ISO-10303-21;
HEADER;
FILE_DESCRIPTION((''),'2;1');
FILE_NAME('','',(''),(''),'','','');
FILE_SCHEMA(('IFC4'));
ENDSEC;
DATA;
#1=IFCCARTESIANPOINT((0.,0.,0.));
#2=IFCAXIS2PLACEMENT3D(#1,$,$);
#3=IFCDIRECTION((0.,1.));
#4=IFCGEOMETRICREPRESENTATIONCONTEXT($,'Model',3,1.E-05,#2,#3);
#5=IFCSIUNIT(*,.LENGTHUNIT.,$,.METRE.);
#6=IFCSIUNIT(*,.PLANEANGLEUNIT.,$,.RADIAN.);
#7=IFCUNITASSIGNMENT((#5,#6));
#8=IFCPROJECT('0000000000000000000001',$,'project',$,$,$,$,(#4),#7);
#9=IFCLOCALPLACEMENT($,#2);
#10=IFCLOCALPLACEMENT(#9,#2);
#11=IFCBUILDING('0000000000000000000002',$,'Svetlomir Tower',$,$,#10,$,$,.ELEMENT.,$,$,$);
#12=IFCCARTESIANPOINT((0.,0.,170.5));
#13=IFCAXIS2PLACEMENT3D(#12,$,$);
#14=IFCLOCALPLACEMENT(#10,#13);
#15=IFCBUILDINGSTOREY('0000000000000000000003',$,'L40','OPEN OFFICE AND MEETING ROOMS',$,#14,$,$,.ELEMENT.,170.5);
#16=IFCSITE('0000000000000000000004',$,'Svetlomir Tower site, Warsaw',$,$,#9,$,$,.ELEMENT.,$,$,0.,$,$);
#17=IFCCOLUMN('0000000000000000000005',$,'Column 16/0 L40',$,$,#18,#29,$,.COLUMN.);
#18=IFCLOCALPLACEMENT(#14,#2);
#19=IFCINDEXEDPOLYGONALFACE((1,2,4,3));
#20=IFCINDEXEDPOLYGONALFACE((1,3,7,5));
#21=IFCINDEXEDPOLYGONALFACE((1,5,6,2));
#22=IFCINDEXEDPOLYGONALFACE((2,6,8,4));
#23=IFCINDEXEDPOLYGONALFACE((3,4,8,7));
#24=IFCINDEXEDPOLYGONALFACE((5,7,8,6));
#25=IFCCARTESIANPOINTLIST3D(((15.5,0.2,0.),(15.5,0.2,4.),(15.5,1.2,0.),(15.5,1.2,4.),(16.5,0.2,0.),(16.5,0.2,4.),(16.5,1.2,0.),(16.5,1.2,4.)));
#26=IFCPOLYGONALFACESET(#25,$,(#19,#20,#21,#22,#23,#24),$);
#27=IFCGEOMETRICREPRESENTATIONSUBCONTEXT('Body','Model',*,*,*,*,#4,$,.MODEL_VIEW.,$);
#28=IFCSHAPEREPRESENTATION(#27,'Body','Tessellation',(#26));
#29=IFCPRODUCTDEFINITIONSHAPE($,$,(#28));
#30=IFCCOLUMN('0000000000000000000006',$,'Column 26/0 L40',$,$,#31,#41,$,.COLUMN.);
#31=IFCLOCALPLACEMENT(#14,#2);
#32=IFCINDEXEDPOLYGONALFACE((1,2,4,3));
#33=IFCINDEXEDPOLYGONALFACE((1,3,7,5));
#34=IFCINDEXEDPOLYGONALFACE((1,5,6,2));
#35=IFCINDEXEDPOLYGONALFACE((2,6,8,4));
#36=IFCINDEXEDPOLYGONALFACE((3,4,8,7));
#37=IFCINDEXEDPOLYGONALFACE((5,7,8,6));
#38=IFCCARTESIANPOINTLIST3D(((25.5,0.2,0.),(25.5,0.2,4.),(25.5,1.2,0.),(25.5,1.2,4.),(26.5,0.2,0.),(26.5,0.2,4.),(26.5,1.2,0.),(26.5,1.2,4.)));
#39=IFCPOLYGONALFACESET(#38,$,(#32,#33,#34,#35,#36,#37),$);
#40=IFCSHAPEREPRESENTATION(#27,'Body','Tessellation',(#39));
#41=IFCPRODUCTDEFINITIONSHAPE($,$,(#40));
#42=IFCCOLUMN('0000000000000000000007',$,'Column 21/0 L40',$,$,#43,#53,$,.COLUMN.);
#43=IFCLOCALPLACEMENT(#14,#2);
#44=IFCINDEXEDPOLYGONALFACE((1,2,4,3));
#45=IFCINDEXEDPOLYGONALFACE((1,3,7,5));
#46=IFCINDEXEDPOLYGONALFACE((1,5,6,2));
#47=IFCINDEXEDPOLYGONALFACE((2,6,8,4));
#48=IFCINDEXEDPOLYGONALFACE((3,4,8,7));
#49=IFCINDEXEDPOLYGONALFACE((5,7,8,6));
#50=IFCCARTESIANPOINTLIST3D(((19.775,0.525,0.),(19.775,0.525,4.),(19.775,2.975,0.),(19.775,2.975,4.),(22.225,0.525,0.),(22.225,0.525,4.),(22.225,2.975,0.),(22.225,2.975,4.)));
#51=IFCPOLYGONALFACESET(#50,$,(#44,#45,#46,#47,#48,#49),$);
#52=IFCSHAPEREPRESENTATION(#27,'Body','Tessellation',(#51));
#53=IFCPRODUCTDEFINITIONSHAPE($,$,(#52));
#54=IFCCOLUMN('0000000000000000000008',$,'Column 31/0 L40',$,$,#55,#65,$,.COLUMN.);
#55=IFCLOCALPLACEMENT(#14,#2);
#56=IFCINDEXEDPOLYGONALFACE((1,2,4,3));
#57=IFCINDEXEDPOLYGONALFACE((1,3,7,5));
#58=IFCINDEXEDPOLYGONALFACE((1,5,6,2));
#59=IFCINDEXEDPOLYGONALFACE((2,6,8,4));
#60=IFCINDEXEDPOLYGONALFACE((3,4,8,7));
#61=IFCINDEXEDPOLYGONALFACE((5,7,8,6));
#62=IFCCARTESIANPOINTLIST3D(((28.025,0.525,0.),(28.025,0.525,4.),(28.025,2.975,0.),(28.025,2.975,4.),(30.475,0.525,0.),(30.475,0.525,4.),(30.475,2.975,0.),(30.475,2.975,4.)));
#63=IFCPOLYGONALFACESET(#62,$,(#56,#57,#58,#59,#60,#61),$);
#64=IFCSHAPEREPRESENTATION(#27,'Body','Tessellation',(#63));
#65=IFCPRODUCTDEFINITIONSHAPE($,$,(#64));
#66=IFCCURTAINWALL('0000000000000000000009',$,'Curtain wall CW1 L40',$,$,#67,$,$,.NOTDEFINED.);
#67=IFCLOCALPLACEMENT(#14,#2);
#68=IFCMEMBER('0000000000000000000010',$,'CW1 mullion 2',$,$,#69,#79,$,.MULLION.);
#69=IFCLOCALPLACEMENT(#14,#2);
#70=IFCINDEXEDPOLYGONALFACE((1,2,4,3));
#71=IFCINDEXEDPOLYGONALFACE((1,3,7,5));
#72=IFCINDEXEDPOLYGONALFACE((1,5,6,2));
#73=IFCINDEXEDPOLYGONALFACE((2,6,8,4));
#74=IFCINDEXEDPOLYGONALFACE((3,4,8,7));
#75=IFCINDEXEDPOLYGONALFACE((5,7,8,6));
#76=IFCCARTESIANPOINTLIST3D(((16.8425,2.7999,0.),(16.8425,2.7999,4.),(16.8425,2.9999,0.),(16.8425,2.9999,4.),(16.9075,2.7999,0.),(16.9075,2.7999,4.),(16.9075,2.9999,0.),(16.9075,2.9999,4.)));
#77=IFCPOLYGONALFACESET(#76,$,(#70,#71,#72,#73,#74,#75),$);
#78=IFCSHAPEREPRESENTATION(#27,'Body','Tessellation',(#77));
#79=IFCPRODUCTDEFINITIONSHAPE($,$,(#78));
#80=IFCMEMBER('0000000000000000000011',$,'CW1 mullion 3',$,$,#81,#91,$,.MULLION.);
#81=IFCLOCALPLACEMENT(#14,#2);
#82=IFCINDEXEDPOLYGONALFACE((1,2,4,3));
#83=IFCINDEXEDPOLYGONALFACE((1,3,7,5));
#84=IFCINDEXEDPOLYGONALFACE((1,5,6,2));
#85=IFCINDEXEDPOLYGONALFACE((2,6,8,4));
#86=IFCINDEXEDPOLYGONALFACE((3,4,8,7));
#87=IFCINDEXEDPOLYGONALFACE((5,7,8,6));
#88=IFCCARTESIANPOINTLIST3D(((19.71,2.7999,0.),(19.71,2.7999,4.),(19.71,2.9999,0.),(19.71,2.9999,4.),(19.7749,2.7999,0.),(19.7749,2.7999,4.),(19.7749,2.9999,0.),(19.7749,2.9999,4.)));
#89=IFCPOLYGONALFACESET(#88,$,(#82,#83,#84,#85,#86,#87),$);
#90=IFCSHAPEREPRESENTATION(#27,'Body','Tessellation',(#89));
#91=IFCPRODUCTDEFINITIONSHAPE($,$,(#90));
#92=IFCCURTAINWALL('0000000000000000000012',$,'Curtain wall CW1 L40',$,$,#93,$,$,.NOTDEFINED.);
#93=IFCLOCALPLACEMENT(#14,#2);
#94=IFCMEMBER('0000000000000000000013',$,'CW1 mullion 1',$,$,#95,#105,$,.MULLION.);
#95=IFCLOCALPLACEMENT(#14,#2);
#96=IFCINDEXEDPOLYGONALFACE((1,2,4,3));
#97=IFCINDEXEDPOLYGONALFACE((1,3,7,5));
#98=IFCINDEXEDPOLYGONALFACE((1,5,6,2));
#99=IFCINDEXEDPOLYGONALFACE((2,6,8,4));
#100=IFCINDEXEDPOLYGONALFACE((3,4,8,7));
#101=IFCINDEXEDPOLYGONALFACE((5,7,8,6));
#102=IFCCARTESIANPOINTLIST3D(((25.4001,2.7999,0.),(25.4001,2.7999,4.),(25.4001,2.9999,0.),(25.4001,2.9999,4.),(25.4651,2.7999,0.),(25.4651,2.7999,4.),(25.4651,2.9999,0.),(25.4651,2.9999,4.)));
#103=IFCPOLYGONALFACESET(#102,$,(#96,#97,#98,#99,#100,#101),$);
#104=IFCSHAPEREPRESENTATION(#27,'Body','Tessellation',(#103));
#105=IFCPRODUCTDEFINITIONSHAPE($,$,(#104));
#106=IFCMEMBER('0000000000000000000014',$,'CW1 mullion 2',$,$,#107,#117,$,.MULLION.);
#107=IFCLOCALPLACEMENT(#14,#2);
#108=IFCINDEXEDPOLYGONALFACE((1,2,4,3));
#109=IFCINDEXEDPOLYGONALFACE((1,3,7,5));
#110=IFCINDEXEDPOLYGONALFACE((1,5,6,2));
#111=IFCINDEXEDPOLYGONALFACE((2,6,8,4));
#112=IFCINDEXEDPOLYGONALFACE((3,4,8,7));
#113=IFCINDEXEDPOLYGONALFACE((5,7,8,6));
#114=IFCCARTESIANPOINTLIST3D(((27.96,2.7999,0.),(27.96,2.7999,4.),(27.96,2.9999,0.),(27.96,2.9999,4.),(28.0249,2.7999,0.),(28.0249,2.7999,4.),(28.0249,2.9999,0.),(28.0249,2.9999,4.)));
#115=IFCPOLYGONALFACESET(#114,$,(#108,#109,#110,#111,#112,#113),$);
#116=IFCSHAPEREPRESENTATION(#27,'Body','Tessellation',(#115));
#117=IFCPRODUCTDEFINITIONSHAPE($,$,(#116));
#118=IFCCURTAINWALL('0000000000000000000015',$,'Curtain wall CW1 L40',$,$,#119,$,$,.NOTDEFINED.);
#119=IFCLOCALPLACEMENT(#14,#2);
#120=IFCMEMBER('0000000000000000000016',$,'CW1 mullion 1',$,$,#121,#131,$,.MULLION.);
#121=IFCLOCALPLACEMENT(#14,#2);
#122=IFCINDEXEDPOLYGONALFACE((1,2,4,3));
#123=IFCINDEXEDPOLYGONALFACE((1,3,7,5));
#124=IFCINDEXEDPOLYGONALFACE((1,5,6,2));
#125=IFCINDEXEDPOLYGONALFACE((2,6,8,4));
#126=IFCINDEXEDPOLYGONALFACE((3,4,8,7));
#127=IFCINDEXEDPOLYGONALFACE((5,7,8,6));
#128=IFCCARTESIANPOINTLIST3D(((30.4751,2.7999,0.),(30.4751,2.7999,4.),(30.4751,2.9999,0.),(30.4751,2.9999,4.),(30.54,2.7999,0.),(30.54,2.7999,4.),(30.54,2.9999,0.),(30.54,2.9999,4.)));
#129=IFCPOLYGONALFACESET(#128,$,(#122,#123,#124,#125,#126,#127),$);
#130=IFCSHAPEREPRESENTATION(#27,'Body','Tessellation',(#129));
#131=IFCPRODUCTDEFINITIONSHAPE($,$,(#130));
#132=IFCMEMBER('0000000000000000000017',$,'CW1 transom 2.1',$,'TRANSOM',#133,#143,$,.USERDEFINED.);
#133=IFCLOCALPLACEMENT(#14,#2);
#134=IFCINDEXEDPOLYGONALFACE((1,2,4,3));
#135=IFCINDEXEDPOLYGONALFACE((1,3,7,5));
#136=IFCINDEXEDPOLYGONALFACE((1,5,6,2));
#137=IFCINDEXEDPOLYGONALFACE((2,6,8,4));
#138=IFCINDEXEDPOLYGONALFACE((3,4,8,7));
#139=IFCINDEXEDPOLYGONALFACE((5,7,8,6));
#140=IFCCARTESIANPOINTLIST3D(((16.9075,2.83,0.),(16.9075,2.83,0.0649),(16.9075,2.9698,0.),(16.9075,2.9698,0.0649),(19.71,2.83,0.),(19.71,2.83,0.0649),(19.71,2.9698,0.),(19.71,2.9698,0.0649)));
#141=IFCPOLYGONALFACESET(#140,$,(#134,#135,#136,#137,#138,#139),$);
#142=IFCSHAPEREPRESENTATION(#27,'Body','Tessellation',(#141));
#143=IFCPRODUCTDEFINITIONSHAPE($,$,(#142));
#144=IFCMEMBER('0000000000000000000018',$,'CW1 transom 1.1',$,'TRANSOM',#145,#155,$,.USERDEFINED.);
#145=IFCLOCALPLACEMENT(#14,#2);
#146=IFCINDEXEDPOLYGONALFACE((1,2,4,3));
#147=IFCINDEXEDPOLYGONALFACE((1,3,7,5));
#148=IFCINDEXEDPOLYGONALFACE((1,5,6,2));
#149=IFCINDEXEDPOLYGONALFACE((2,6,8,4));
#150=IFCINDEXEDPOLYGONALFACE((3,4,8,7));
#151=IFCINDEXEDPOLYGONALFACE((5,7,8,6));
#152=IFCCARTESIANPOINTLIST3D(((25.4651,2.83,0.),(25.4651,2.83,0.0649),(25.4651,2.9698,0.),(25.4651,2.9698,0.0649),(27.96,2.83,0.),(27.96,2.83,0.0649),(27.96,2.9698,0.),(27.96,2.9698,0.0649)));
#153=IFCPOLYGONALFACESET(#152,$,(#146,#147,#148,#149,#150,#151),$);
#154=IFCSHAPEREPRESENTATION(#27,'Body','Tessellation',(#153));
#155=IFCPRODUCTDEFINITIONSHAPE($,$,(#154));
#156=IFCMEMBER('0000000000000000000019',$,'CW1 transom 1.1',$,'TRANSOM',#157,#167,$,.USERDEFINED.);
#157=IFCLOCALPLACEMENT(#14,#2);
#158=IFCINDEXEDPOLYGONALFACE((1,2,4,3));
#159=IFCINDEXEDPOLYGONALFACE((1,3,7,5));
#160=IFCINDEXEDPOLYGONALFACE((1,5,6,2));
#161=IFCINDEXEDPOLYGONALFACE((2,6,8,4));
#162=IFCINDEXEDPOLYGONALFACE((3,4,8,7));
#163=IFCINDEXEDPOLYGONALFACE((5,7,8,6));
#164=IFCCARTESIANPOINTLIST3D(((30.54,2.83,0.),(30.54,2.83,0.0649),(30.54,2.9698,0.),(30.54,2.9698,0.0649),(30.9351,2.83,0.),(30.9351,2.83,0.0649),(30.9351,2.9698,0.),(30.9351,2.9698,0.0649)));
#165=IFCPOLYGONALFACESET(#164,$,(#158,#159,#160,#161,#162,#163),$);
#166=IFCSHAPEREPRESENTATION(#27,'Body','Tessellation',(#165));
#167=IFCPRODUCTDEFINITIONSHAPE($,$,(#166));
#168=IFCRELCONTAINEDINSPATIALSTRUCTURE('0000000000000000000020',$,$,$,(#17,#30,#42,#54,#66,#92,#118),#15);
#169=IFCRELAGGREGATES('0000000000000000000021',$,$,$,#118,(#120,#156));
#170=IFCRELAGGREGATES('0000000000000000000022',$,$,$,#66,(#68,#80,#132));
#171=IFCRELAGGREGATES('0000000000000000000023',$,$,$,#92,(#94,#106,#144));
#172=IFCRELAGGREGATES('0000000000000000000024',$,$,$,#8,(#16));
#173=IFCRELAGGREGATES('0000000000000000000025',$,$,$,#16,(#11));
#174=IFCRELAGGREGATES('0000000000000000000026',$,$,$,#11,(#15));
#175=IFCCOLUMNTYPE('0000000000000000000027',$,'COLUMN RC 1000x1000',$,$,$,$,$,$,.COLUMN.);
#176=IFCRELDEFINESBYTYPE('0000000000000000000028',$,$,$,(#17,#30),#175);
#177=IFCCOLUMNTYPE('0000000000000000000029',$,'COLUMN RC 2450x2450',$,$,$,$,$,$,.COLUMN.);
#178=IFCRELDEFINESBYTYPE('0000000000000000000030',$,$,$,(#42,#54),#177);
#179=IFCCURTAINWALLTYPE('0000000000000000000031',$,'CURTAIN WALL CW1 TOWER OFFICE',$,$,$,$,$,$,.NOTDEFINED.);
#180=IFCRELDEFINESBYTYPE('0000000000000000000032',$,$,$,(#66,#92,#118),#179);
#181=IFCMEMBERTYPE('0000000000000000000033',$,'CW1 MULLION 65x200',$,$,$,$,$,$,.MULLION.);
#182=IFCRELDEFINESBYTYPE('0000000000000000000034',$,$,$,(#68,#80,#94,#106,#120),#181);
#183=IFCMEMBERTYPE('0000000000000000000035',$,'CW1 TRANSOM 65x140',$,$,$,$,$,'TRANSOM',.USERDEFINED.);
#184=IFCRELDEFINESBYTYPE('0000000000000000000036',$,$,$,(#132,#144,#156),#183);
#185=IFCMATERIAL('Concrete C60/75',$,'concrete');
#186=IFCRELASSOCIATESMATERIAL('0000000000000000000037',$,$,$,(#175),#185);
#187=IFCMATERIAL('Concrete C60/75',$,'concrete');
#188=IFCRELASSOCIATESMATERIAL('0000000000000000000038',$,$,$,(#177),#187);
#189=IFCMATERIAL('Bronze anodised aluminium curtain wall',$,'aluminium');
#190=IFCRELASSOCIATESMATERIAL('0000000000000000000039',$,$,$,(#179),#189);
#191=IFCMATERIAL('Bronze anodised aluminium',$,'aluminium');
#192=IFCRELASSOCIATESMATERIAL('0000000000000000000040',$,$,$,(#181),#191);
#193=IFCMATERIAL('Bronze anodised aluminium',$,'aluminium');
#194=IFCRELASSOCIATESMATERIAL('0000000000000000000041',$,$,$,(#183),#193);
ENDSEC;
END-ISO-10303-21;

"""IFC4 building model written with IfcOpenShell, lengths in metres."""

from ifc_helpers import new_model, si_unit, direction, frame, origin, origin_2d, place, context, subcontext, project, spatial, rectangle, extrude, material, material_profile, profile_set, type_object, element, aggregate, save


model = new_model("IFC4")

# Units and contexts
model_context = context("Model", 3, precision=1e-05, world=origin(), true_north=direction((0.0, 1.0)))
body_context = subcontext(model_context, "Body", "Model", "MODEL_VIEW")
ifc_project = project(units=[si_unit("LENGTHUNIT", "METRE"), si_unit("PLANEANGLEUNIT", "RADIAN")], contexts=[model_context])

# Site, building, storey
site_placement = place(None, origin())
site = spatial("IfcSite", under=ifc_project, at=site_placement, Name="Svetlomir Tower site, Warsaw", CompositionType="ELEMENT", RefElevation=0.0)
building_placement = place(site_placement, origin())
building = spatial("IfcBuilding", under=site, at=building_placement, Name="Svetlomir Tower", CompositionType="ELEMENT")
storey_placement = place(building_placement, frame((0.0, 0.0, 170.5)))
storey = spatial("IfcBuildingStorey", under=building, at=storey_placement, Name="L40", Description="OPEN OFFICE AND MEETING ROOMS", CompositionType="ELEMENT", Elevation=170.5)

# Columns
ifc_material_1 = material(Name="Concrete C60/75", Category="concrete")
ifc_material_profile_1 = material_profile(ifc_material_1, rectangle(XDim=1.0, YDim=1.0, at=origin_2d()), Name="RC 1000x1000")
ifc_profile_set_1 = profile_set([ifc_material_profile_1], Name="Concrete C60/75")
column_type_1 = type_object("IfcColumnType", Name="COLUMN RC 1000x1000", PredefinedType="COLUMN", material=ifc_profile_set_1)
for number, where, z_axis, x_axis, name in (
    (1, (16.0, 0.7, 0.0), (0.0, 0.0, 1.0), (1.0, 0.0, 0.0), "Column 16/0 L40"),
    (2, (26.0, 0.7, 0.0), (0.0, 0.0, 1.0), (1.0, 0.0, 0.0), "Column 26/0 L40"),
):
    element("IfcColumn", number, at=place(storey_placement, frame(where, z_axis=z_axis, x_axis=x_axis)), inside=storey, type_object=column_type_1, Name=name, PredefinedType="COLUMN", context=body_context, shape_type="SweptSolid", body=[
        extrude(rectangle(XDim=1.0, YDim=1.0, at=origin_2d()), origin(), (0.0, 0.0, 1.0), 4.0),
    ])
ifc_material_2 = material(Name="Concrete C60/75", Category="concrete")
ifc_material_profile_2 = material_profile(ifc_material_2, rectangle(XDim=2.45, YDim=2.45, at=origin_2d()), Name="RC 2450x2450")
ifc_profile_set_2 = profile_set([ifc_material_profile_2], Name="Concrete C60/75")
column_type_2 = type_object("IfcColumnType", Name="COLUMN RC 2450x2450", PredefinedType="COLUMN", material=ifc_profile_set_2)
for number, where, z_axis, x_axis, name in (
    (3, (21.0, 1.75, 0.0), (0.0, 0.0, 1.0), (1.0, 0.0, 0.0), "Column 21/0 L40"),
    (4, (29.25, 1.75, 0.0), (0.0, 0.0, 1.0), (1.0, 0.0, 0.0), "Column 31/0 L40"),
):
    element("IfcColumn", number, at=place(storey_placement, frame(where, z_axis=z_axis, x_axis=x_axis)), inside=storey, type_object=column_type_2, Name=name, PredefinedType="COLUMN", context=body_context, shape_type="SweptSolid", body=[
        extrude(rectangle(XDim=2.45, YDim=2.45, at=origin_2d()), origin(), (0.0, 0.0, 1.0), 4.0),
    ])

# Curtain walls, members
ifc_material_3 = material(Name="Bronze anodised aluminium curtain wall", Category="aluminium")
curtain_wall_type = type_object("IfcCurtainWallType", Name="CURTAIN WALL CW1 TOWER OFFICE", PredefinedType="NOTDEFINED", material=ifc_material_3)
curtain_wall_1_placement = place(storey_placement, origin())
curtain_wall_1 = element("IfcCurtainWall", 5, at=curtain_wall_1_placement, inside=storey, type_object=curtain_wall_type, Name="Curtain wall CW1 L40", PredefinedType="NOTDEFINED")
ifc_material_4 = material(Name="Bronze anodised aluminium", Category="aluminium")
ifc_material_profile_3 = material_profile(ifc_material_4, rectangle(XDim=0.0649, YDim=0.2, at=origin_2d()), Name="AL 65x200")
ifc_profile_set_3 = profile_set([ifc_material_profile_3], Name="Bronze anodised aluminium 6063-T6")
member_type_1 = type_object("IfcMemberType", Name="CW1 MULLION 65x200", PredefinedType="MULLION", material=ifc_profile_set_3)
member_1_placement = place(storey_placement, frame((16.875, 2.8999, 0.0), z_axis=(0.0, 0.0, 1.0), x_axis=(1.0, 0.0, 0.0)))
member_1 = element("IfcMember", 6, at=member_1_placement, type_object=member_type_1, Name="CW1 mullion 2", PredefinedType="MULLION", context=body_context, shape_type="SweptSolid", body=[
    extrude(rectangle(XDim=0.0649, YDim=0.2, at=origin_2d()), origin(), (0.0, 0.0, 1.0), 4.0),
])
member_2_placement = place(storey_placement, frame((19.7424, 2.8999, 0.0), z_axis=(0.0, 0.0, 1.0), x_axis=(1.0, 0.0, 0.0)))
member_2 = element("IfcMember", 7, at=member_2_placement, type_object=member_type_1, Name="CW1 mullion 3", PredefinedType="MULLION", context=body_context, shape_type="SweptSolid", body=[
    extrude(rectangle(XDim=0.0649, YDim=0.2, at=origin_2d()), origin(), (0.0, 0.0, 1.0), 4.0),
])
curtain_wall_2_placement = place(storey_placement, origin())
curtain_wall_2 = element("IfcCurtainWall", 8, at=curtain_wall_2_placement, inside=storey, type_object=curtain_wall_type, Name="Curtain wall CW1 L40", PredefinedType="NOTDEFINED")
member_3_placement = place(storey_placement, frame((25.4326, 2.8999, 0.0), z_axis=(0.0, 0.0, 1.0), x_axis=(1.0, 0.0, 0.0)))
member_3 = element("IfcMember", 9, at=member_3_placement, type_object=member_type_1, Name="CW1 mullion 1", PredefinedType="MULLION", context=body_context, shape_type="SweptSolid", body=[
    extrude(rectangle(XDim=0.0649, YDim=0.2, at=origin_2d()), origin(), (0.0, 0.0, 1.0), 4.0),
])
member_4_placement = place(storey_placement, frame((27.9924, 2.8999, 0.0), z_axis=(0.0, 0.0, 1.0), x_axis=(1.0, 0.0, 0.0)))
member_4 = element("IfcMember", 10, at=member_4_placement, type_object=member_type_1, Name="CW1 mullion 2", PredefinedType="MULLION", context=body_context, shape_type="SweptSolid", body=[
    extrude(rectangle(XDim=0.0649, YDim=0.2, at=origin_2d()), origin(), (0.0, 0.0, 1.0), 4.0),
])

# Curtain wall, member
curtain_wall_3_placement = place(storey_placement, origin())
curtain_wall_3 = element("IfcCurtainWall", 11, at=curtain_wall_3_placement, inside=storey, type_object=curtain_wall_type, Name="Curtain wall CW1 L40", PredefinedType="NOTDEFINED")
member_5_placement = place(storey_placement, frame((30.5076, 2.8999, 0.0), z_axis=(0.0, 0.0, 1.0), x_axis=(1.0, 0.0, 0.0)))
member_5 = element("IfcMember", 12, at=member_5_placement, type_object=member_type_1, Name="CW1 mullion 1", PredefinedType="MULLION", context=body_context, shape_type="SweptSolid", body=[
    extrude(rectangle(XDim=0.0649, YDim=0.2, at=origin_2d()), origin(), (0.0, 0.0, 1.0), 4.0),
])

# Members
ifc_material_5 = material(Name="Bronze anodised aluminium", Category="aluminium")
ifc_material_profile_4 = material_profile(ifc_material_5, rectangle(XDim=0.1399, YDim=0.0649, at=origin_2d()), Name="AL 140x65")
ifc_profile_set_4 = profile_set([ifc_material_profile_4], Name="Bronze anodised aluminium 6063-T6")
member_type_2 = type_object("IfcMemberType", Name="CW1 TRANSOM 65x140", ElementType="TRANSOM", PredefinedType="USERDEFINED", material=ifc_profile_set_4)
member_6_placement = place(storey_placement, frame((16.9075, 2.8999, 0.0325), z_axis=(1.0, 0.0, 0.0), x_axis=(0.0, 1.0, 0.0)))
member_6 = element("IfcMember", 13, at=member_6_placement, type_object=member_type_2, Name="CW1 transom 2.1", ObjectType="TRANSOM", PredefinedType="USERDEFINED", context=body_context, shape_type="SweptSolid", body=[
    extrude(rectangle(XDim=0.1399, YDim=0.0649, at=origin_2d()), origin(), (0.0, 0.0, 1.0), 2.8025),
])
member_7_placement = place(storey_placement, frame((25.4651, 2.8999, 0.0325), z_axis=(1.0, 0.0, 0.0), x_axis=(0.0, 1.0, 0.0)))
member_7 = element("IfcMember", 14, at=member_7_placement, type_object=member_type_2, Name="CW1 transom 1.1", ObjectType="TRANSOM", PredefinedType="USERDEFINED", context=body_context, shape_type="SweptSolid", body=[
    extrude(rectangle(XDim=0.1399, YDim=0.0649, at=origin_2d()), origin(), (0.0, 0.0, 1.0), 2.4949),
])
member_8_placement = place(storey_placement, frame((30.54, 2.8999, 0.0325), z_axis=(1.0, 0.0, 0.0), x_axis=(0.0, 1.0, 0.0)))
member_8 = element("IfcMember", 15, at=member_8_placement, type_object=member_type_2, Name="CW1 transom 1.1", ObjectType="TRANSOM", PredefinedType="USERDEFINED", context=body_context, shape_type="SweptSolid", body=[
    extrude(rectangle(XDim=0.1399, YDim=0.0649, at=origin_2d()), origin(), (0.0, 0.0, 1.0), 0.395),
])
aggregate(curtain_wall_3, [member_5, member_8])

aggregate(curtain_wall_1, [member_1, member_2, member_6])
aggregate(curtain_wall_2, [member_3, member_4, member_7])

save(model, "model.ifc")
